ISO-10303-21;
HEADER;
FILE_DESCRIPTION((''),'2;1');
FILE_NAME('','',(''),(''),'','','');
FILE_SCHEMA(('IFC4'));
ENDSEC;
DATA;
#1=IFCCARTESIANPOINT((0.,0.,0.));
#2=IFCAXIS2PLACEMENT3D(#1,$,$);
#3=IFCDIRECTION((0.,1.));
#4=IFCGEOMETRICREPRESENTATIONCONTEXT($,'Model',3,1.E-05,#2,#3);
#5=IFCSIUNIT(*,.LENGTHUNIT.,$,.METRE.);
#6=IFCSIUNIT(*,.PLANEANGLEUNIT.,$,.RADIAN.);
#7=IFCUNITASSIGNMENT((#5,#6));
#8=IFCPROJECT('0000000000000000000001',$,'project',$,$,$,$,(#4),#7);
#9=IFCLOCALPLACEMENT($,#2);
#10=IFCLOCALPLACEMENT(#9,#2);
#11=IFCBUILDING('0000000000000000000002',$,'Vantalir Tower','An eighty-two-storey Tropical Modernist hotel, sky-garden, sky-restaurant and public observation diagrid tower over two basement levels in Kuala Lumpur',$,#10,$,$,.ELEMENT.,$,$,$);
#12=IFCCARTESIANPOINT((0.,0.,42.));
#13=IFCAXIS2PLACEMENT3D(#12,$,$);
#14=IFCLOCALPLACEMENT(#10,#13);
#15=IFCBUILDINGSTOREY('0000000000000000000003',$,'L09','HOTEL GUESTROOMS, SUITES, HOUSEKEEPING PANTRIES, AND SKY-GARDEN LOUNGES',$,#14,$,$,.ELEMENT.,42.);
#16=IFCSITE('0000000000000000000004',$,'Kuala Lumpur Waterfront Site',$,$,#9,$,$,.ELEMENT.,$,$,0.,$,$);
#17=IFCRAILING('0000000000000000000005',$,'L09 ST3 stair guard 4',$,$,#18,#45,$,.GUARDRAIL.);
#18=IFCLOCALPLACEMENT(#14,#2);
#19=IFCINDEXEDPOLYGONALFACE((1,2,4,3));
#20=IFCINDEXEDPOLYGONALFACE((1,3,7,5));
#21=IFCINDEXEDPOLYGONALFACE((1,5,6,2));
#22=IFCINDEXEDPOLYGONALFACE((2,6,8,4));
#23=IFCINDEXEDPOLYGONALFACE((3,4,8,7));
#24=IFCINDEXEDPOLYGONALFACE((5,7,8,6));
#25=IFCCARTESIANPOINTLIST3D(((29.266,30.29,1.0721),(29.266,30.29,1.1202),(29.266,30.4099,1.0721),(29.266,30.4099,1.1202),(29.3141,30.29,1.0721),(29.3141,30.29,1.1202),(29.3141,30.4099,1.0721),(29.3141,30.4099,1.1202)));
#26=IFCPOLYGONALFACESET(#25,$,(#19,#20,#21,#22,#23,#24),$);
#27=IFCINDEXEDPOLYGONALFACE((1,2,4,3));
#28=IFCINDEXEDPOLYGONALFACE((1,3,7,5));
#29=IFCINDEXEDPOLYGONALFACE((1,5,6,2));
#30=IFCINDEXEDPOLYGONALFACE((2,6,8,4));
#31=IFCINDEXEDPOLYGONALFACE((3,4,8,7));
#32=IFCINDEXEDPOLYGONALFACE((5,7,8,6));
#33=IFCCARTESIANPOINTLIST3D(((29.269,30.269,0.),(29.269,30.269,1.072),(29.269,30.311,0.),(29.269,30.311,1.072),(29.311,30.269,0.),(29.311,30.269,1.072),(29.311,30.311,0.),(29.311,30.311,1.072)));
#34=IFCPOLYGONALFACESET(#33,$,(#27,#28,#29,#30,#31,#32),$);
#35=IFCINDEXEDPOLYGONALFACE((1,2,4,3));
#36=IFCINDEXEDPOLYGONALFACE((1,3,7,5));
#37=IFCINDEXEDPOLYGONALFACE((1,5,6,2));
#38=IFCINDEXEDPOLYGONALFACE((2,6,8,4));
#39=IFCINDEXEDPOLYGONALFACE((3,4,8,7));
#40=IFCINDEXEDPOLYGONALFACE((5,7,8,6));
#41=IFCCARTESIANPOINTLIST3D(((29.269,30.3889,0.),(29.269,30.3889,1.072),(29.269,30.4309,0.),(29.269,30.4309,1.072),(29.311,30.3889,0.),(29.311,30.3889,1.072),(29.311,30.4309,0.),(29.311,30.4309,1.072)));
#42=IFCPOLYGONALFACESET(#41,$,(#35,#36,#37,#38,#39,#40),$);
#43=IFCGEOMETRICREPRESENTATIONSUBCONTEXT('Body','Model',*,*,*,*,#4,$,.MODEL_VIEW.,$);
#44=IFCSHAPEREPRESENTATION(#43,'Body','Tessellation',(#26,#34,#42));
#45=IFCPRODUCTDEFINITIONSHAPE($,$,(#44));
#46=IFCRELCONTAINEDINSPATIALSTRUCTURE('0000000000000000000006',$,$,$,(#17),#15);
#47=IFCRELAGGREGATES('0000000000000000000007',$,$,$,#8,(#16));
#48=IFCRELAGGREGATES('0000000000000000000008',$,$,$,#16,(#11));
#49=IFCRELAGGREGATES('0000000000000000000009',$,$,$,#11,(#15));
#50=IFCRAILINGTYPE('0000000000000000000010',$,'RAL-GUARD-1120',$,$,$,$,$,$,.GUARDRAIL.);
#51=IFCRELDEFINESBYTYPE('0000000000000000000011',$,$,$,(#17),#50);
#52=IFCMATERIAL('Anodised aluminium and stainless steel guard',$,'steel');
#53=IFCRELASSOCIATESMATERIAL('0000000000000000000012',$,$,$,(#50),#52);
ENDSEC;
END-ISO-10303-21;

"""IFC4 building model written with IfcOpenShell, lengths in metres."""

from ifc_helpers import new_model, si_unit, direction, frame, origin, origin_2d, place, context, subcontext, project, spatial, rectangle, extrude, material, type_object, element, save


model = new_model("IFC4")

# Units and contexts
model_context = context("Model", 3, precision=1e-05, world=origin(), true_north=direction((0.0, 1.0)))
body_context = subcontext(model_context, "Body", "Model", "MODEL_VIEW")
ifc_project = project(units=[si_unit("LENGTHUNIT", "METRE"), si_unit("PLANEANGLEUNIT", "RADIAN")], contexts=[model_context])

# Site, building, storey
site_placement = place(None, origin())
site = spatial("IfcSite", under=ifc_project, at=site_placement, Name="Kuala Lumpur Waterfront Site", CompositionType="ELEMENT", RefElevation=0.0)
building_placement = place(site_placement, origin())
building = spatial("IfcBuilding", under=site, at=building_placement, Name="Vantalir Tower", Description="An eighty-two-storey Tropical Modernist hotel, sky-garden, sky-restaurant and public observation diagrid tower over two basement levels in Kuala Lumpur", CompositionType="ELEMENT")
storey_placement = place(building_placement, frame((0.0, 0.0, 42.0)))
storey = spatial("IfcBuildingStorey", under=building, at=storey_placement, Name="L09", Description="HOTEL GUESTROOMS, SUITES, HOUSEKEEPING PANTRIES, AND SKY-GARDEN LOUNGES", CompositionType="ELEMENT", Elevation=42.0)

# Railing
ifc_material_1 = material(Name="Anodised aluminium and stainless steel guard", Category="steel")
railing_type = type_object("IfcRailingType", Name="RAL-GUARD-1120", PredefinedType="GUARDRAIL", material=ifc_material_1)
railing_1_placement = place(storey_placement, frame((29.29, 30.29, 0.0)))
element("IfcRailing", 1, at=railing_1_placement, inside=storey, type_object=railing_type, Name="L09 ST3 stair guard 4", PredefinedType="GUARDRAIL", context=body_context, shape_type="SweptSolid", body=[
    extrude(rectangle(XDim=0.0481, YDim=0.0481, at=origin_2d()), frame((0.0, 0.0, 1.0962), z_axis=(0.0, 1.0, 0.0), x_axis=(-1.0, 0.0, 0.0)), (0.0, 0.0, 1.0), 0.1199),
    extrude(rectangle(XDim=0.042, YDim=0.042, at=origin_2d()), origin(), (0.0, 0.0, 1.0), 1.072),
    extrude(rectangle(XDim=0.042, YDim=0.042, at=origin_2d()), frame((0.0, 0.1199, 0.0)), (0.0, 0.0, 1.0), 1.072),
])

save(model, "model.ifc")
